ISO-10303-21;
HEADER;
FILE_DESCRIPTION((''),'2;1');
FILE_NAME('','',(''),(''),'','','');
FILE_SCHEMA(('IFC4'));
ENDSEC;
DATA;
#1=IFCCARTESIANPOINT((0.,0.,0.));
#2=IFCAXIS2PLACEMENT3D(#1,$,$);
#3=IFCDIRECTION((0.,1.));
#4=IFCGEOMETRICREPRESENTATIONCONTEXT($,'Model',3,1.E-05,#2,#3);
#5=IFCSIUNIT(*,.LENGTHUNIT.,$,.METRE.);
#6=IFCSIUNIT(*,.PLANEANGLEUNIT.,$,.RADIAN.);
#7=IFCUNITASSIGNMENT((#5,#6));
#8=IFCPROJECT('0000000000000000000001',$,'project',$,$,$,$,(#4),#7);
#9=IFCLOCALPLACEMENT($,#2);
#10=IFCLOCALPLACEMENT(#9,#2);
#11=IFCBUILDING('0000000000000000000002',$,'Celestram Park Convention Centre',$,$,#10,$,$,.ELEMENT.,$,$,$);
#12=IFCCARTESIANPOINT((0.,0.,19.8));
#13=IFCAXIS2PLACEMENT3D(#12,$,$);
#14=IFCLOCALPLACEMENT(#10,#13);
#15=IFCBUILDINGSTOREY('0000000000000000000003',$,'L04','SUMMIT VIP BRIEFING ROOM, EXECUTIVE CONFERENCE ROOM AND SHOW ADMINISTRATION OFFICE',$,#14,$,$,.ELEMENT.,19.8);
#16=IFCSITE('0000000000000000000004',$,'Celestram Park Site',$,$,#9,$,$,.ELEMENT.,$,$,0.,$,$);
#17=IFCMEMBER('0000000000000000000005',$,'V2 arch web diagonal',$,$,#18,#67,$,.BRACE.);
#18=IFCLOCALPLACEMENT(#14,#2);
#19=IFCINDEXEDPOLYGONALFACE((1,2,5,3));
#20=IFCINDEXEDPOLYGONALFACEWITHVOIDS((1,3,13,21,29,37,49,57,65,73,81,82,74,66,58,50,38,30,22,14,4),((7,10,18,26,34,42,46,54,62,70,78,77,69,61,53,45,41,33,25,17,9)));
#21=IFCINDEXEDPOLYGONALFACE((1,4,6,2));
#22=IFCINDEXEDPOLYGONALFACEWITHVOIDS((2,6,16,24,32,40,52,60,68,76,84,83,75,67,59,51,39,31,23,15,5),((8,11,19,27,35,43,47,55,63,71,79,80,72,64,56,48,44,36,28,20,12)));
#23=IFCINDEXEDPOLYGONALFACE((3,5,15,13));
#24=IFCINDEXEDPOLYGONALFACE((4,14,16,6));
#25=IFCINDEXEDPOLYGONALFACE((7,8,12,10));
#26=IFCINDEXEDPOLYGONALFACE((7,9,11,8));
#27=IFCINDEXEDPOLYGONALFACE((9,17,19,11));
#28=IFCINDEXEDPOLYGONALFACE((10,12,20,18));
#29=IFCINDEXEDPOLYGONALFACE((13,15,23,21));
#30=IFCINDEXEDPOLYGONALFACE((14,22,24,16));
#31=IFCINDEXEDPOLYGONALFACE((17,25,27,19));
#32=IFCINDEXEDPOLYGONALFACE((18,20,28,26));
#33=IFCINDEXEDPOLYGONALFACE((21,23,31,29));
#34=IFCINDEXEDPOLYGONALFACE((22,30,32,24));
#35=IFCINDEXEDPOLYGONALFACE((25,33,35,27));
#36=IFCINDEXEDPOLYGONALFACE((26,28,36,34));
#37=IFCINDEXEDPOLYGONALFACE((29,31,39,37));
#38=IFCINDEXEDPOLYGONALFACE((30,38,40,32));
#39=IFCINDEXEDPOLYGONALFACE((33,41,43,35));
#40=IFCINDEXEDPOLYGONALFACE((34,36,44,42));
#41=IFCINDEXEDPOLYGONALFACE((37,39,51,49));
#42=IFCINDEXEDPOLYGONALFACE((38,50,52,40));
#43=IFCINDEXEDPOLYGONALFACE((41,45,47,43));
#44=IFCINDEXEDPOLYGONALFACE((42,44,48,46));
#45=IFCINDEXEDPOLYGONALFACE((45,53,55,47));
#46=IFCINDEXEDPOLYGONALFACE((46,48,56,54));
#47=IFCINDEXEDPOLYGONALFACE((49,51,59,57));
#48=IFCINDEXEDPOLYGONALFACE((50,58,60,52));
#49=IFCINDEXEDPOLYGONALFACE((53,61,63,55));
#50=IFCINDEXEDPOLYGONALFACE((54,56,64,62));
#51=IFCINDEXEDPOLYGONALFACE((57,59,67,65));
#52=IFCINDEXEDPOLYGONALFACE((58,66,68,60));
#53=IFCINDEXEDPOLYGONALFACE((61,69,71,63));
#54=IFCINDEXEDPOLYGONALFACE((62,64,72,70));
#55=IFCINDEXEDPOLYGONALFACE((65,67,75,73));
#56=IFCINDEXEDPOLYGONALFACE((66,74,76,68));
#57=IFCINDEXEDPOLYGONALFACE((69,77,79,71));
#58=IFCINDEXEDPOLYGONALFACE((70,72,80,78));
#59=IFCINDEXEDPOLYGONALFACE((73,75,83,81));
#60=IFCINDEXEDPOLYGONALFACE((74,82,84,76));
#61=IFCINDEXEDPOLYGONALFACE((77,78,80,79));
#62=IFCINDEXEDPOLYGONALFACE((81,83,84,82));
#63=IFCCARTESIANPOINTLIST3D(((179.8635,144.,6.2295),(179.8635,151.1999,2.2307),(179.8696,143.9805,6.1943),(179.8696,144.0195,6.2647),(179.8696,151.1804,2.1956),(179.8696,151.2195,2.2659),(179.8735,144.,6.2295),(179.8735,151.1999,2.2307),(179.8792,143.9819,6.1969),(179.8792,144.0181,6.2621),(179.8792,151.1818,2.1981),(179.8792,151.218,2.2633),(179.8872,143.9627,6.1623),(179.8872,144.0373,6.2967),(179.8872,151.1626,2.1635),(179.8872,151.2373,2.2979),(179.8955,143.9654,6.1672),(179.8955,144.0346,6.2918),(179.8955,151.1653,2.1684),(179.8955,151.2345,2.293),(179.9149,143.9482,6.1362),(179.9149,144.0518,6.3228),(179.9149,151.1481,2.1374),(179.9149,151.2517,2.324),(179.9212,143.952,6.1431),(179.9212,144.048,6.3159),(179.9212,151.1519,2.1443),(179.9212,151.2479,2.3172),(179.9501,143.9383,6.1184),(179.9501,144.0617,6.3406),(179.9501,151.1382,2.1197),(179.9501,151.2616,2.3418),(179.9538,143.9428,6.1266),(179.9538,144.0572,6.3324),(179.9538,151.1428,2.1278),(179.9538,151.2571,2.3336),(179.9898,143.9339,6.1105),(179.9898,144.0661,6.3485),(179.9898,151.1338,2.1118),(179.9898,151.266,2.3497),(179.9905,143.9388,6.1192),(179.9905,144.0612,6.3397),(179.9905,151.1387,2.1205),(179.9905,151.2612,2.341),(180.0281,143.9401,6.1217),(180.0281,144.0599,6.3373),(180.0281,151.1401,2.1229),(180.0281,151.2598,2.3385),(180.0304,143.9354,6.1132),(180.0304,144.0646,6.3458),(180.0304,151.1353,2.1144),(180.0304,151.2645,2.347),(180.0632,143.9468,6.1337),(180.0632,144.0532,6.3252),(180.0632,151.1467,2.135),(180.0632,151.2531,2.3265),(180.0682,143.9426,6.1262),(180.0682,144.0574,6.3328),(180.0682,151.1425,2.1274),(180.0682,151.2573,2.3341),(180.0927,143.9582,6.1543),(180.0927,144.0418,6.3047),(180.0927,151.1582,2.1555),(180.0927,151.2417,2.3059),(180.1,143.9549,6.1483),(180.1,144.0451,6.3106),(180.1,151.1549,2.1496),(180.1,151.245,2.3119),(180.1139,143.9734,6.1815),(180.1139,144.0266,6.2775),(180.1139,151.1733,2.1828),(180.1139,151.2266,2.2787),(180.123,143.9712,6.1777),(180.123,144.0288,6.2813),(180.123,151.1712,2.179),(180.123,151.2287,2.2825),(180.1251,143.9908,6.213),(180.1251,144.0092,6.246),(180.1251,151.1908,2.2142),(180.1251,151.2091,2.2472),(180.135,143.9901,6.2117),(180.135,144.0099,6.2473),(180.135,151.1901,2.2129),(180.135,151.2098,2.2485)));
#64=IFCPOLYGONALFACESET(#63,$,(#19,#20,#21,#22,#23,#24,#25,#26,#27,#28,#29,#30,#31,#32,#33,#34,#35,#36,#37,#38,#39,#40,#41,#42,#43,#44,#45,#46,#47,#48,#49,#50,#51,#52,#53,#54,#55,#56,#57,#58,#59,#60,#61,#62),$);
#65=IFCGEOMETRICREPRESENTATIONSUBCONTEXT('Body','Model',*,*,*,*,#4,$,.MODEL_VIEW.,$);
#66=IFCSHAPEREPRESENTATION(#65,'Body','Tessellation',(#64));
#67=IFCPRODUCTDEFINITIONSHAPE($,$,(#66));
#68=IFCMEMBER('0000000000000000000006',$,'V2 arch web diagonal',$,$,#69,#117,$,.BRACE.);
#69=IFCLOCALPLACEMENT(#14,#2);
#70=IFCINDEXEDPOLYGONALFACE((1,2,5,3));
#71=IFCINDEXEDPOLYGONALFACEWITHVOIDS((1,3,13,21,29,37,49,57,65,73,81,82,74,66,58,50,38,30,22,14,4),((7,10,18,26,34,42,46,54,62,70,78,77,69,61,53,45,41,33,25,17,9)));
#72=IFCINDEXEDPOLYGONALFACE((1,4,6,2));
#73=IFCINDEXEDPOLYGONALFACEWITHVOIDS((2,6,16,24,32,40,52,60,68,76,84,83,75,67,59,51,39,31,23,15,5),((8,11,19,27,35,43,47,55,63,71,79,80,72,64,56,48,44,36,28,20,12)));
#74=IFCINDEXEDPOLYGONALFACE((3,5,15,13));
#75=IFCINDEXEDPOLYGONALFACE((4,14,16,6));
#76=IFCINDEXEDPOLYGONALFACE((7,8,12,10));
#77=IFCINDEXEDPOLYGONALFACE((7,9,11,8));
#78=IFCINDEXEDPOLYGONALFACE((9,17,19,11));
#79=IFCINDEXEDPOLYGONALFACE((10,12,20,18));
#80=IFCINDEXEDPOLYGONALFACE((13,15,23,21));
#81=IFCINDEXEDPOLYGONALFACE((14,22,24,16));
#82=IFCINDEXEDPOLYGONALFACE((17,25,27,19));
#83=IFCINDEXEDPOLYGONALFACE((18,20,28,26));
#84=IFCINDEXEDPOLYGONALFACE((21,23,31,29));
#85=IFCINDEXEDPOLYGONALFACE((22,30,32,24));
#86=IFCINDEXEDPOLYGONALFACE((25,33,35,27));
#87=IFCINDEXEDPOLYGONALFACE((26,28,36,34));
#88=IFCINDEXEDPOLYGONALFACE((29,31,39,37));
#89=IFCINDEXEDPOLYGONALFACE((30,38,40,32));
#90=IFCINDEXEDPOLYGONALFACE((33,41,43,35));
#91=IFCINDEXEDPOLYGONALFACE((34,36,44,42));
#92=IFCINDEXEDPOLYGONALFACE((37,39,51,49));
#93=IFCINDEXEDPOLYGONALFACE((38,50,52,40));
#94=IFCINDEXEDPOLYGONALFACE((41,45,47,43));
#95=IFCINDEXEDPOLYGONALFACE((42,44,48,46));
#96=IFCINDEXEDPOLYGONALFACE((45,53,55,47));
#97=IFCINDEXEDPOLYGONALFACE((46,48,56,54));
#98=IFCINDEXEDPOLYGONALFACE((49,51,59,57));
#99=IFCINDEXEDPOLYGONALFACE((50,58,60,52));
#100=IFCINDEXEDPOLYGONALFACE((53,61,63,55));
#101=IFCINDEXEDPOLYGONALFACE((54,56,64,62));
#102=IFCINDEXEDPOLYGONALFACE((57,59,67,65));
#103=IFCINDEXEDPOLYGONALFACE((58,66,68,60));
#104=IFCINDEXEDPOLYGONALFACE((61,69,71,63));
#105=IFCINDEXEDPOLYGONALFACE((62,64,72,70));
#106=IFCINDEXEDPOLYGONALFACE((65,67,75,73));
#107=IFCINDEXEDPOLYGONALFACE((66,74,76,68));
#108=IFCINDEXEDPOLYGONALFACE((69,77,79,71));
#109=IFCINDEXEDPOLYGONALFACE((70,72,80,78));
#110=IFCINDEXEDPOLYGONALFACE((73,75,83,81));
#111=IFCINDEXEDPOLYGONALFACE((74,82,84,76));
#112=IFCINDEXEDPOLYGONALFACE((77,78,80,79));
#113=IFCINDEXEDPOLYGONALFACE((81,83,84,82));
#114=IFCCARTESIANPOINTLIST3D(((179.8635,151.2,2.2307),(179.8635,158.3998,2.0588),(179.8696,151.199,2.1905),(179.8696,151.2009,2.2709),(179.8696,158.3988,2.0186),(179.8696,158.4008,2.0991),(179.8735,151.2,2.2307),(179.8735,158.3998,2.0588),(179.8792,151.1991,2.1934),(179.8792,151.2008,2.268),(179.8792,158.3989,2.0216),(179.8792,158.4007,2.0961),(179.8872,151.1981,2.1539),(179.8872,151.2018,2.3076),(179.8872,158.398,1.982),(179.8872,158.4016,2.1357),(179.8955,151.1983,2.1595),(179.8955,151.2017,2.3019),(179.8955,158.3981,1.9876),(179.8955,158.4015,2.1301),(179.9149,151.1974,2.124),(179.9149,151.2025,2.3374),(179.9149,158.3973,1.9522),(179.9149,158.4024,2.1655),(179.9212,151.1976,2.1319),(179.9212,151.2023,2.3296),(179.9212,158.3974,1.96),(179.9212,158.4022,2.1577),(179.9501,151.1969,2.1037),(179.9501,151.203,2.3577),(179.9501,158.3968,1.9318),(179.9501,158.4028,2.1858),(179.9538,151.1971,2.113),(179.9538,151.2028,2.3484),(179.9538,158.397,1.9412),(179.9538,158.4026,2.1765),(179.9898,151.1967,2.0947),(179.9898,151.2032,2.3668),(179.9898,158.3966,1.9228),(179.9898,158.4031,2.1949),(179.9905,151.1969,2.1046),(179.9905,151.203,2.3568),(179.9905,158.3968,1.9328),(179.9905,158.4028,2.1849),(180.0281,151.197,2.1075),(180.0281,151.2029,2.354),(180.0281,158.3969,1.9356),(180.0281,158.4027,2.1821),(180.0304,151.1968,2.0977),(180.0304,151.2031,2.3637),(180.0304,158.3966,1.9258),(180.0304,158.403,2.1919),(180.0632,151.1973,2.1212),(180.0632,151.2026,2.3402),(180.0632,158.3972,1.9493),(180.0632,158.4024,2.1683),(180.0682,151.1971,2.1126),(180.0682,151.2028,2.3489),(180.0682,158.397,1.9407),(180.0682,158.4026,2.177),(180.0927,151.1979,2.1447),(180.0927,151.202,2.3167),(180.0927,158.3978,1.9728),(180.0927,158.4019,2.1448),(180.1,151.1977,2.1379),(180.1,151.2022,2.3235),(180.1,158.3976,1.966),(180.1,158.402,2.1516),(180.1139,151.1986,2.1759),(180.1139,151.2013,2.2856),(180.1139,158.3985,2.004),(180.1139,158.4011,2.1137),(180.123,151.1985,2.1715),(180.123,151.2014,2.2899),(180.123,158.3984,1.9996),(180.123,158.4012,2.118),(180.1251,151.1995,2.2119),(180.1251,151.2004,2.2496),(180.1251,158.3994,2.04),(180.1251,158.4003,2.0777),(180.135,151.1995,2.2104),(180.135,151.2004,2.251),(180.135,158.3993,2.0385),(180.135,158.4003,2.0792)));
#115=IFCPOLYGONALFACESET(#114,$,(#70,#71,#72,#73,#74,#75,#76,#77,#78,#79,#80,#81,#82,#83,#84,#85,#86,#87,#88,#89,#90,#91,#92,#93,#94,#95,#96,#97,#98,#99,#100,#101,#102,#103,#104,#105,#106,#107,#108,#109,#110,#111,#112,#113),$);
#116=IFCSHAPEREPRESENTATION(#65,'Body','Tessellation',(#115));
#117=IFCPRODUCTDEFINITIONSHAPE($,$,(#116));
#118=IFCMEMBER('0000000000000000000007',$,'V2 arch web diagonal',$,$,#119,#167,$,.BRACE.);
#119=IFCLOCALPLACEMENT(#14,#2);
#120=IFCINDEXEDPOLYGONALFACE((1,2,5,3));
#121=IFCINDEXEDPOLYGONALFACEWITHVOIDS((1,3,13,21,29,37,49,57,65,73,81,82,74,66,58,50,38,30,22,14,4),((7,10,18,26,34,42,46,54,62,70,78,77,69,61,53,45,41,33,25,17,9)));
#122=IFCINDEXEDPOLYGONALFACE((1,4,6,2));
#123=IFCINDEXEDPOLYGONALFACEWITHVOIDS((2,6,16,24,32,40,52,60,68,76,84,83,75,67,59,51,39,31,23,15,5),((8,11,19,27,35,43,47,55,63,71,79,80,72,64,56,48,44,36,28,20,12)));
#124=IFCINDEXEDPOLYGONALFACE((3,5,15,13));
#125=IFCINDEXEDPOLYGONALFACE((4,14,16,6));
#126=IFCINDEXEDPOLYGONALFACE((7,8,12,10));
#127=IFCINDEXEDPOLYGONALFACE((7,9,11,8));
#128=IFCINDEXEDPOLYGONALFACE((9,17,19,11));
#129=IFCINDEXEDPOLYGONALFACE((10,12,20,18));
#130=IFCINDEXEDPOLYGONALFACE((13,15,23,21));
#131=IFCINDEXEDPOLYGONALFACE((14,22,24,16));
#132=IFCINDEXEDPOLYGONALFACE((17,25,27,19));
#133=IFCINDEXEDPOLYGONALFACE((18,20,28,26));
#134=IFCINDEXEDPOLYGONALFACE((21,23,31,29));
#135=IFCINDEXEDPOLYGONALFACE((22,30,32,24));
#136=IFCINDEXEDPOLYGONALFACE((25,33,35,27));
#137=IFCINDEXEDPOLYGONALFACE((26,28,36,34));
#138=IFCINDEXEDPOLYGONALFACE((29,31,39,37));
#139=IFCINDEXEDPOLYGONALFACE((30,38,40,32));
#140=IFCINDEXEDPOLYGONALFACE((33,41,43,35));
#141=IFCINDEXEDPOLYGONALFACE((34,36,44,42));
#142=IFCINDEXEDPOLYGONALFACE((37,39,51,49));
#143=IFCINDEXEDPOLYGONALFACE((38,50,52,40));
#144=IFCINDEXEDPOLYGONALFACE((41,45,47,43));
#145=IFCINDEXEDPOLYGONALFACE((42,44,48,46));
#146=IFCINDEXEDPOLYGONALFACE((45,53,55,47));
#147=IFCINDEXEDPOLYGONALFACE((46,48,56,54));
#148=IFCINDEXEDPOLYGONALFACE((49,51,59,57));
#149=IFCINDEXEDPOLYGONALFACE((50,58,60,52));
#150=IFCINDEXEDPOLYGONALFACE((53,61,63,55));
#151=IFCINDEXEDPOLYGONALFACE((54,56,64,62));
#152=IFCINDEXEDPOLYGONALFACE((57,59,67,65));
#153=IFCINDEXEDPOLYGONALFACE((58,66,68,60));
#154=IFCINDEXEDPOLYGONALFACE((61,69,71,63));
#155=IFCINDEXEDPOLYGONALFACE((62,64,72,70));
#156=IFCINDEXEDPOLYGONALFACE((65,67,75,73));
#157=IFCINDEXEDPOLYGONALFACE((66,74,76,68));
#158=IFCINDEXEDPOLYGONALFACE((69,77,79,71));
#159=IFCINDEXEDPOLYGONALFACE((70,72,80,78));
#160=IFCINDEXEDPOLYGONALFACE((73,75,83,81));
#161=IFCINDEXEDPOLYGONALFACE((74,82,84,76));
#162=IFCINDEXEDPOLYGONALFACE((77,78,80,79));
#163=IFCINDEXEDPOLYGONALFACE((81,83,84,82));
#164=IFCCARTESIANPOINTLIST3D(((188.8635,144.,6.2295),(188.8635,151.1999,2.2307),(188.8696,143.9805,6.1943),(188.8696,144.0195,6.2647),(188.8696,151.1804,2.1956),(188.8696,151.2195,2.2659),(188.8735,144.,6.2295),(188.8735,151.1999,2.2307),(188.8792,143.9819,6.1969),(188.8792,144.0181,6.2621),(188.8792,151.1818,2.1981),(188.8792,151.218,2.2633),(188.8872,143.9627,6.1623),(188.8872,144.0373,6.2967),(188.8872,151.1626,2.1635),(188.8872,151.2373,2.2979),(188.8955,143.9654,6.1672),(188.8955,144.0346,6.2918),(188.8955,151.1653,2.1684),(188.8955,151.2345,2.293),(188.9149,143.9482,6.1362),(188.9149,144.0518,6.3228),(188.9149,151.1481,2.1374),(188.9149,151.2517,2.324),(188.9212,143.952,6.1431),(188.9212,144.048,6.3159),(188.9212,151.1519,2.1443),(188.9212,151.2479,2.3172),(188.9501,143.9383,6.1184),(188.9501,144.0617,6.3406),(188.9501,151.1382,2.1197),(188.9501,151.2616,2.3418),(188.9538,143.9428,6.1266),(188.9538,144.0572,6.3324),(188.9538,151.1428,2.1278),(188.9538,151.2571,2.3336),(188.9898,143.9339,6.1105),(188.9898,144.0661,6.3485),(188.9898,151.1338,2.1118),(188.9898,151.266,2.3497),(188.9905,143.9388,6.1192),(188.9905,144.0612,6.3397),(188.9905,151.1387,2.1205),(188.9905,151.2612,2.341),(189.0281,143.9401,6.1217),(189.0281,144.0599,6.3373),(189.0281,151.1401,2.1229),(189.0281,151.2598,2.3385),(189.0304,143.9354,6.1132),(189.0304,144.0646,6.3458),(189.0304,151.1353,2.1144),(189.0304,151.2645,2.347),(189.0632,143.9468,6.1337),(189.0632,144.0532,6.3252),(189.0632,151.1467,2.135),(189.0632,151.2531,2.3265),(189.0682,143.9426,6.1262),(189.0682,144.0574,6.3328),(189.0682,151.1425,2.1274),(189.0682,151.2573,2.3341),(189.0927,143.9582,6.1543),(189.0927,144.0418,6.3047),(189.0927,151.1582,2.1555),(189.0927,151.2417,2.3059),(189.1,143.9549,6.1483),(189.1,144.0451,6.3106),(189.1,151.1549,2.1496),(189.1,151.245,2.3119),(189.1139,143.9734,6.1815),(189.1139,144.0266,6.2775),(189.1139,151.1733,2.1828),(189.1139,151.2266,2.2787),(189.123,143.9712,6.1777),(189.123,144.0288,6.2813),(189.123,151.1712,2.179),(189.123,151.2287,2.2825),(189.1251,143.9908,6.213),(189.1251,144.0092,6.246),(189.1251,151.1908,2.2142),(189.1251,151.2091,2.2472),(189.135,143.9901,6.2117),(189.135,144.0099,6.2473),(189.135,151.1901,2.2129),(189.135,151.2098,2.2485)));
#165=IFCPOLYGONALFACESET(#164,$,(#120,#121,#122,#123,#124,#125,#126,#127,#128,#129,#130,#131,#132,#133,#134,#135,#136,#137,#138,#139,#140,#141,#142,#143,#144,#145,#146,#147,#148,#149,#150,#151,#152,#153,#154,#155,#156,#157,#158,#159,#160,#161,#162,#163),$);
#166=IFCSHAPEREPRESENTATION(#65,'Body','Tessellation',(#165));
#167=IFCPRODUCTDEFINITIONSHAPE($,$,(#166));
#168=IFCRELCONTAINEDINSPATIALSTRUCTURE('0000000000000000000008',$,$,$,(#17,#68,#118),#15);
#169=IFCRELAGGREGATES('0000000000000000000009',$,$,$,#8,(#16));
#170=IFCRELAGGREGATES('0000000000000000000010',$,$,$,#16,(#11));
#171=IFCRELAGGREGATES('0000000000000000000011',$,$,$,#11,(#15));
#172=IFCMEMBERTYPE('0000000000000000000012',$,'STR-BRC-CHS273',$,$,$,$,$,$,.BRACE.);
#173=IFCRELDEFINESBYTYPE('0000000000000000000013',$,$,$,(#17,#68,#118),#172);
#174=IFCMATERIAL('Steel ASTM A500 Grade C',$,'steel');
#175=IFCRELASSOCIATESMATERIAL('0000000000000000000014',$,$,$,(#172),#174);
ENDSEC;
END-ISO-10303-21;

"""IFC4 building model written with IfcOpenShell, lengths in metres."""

from ifc_helpers import new_model, si_unit, direction, frame, origin, origin_2d, place, context, subcontext, project, spatial, hollow_circle, extrude, material, material_profile, profile_set, type_object, element, save


model = new_model("IFC4")

# Units and contexts
model_context = context("Model", 3, precision=1e-05, world=origin(), true_north=direction((0.0, 1.0)))
body_context = subcontext(model_context, "Body", "Model", "MODEL_VIEW")
ifc_project = project(units=[si_unit("LENGTHUNIT", "METRE"), si_unit("PLANEANGLEUNIT", "RADIAN")], contexts=[model_context])

# Site, building, storey
site_placement = place(None, origin())
site = spatial("IfcSite", under=ifc_project, at=site_placement, Name="Celestram Park Site", CompositionType="ELEMENT", RefElevation=0.0)
building_placement = place(site_placement, origin())
building = spatial("IfcBuilding", under=site, at=building_placement, Name="Celestram Park Convention Centre", CompositionType="ELEMENT")
storey_placement = place(building_placement, frame((0.0, 0.0, 19.8)))
storey = spatial("IfcBuildingStorey", under=building, at=storey_placement, Name="L04", Description="SUMMIT VIP BRIEFING ROOM, EXECUTIVE CONFERENCE ROOM AND SHOW ADMINISTRATION OFFICE", CompositionType="ELEMENT", Elevation=19.8)

# Members
ifc_material_1 = material(Name="Steel ASTM A500 Grade C", Category="steel")
ifc_material_profile_1 = material_profile(ifc_material_1, hollow_circle(Radius=0.1365, WallThickness=0.01, at=origin_2d()), Name="CHS273X10")
ifc_profile_set_1 = profile_set([ifc_material_profile_1], Name="Steel ASTM A500 Grade C")
member_type_1 = type_object("IfcMemberType", Name="STR-BRC-CHS273", PredefinedType="BRACE", material=ifc_profile_set_1)
member_1_placement = place(storey_placement, frame((180.0, 144.0, 6.2295), z_axis=(0.0, 0.874219, -0.485532), x_axis=(-1.0, 0.0, 0.0)))
element("IfcMember", 1, at=member_1_placement, inside=storey, type_object=member_type_1, Name="V2 arch web diagonal", PredefinedType="BRACE", context=body_context, shape_type="SweptSolid", body=[
    extrude(hollow_circle(Radius=0.1365, WallThickness=0.01, at=origin_2d()), origin(), (0.0, 0.0, 1.0), 8.2358),
])
member_2_placement = place(storey_placement, frame((180.0, 151.2, 2.2307), z_axis=(0.0, 0.999715, -0.023865), x_axis=(-1.0, 0.0, 0.0)))
element("IfcMember", 2, at=member_2_placement, inside=storey, type_object=member_type_1, Name="V2 arch web diagonal", PredefinedType="BRACE", context=body_context, shape_type="SweptSolid", body=[
    extrude(hollow_circle(Radius=0.1365, WallThickness=0.01, at=origin_2d()), origin(), (0.0, 0.0, 1.0), 7.2019),
])
for number, where, z_axis, x_axis, name in (
    (3, (189.0, 144.0, 6.2295), (0.0, 0.874219, -0.485532), (-1.0, 0.0, 0.0), "V2 arch web diagonal"),
):
    element("IfcMember", number, at=place(storey_placement, frame(where, z_axis=z_axis, x_axis=x_axis)), inside=storey, type_object=member_type_1, Name=name, PredefinedType="BRACE", context=body_context, shape_type="SweptSolid", body=[
        extrude(hollow_circle(Radius=0.1365, WallThickness=0.01, at=origin_2d()), origin(), (0.0, 0.0, 1.0), 8.2358),
    ])

save(model, "model.ifc")
